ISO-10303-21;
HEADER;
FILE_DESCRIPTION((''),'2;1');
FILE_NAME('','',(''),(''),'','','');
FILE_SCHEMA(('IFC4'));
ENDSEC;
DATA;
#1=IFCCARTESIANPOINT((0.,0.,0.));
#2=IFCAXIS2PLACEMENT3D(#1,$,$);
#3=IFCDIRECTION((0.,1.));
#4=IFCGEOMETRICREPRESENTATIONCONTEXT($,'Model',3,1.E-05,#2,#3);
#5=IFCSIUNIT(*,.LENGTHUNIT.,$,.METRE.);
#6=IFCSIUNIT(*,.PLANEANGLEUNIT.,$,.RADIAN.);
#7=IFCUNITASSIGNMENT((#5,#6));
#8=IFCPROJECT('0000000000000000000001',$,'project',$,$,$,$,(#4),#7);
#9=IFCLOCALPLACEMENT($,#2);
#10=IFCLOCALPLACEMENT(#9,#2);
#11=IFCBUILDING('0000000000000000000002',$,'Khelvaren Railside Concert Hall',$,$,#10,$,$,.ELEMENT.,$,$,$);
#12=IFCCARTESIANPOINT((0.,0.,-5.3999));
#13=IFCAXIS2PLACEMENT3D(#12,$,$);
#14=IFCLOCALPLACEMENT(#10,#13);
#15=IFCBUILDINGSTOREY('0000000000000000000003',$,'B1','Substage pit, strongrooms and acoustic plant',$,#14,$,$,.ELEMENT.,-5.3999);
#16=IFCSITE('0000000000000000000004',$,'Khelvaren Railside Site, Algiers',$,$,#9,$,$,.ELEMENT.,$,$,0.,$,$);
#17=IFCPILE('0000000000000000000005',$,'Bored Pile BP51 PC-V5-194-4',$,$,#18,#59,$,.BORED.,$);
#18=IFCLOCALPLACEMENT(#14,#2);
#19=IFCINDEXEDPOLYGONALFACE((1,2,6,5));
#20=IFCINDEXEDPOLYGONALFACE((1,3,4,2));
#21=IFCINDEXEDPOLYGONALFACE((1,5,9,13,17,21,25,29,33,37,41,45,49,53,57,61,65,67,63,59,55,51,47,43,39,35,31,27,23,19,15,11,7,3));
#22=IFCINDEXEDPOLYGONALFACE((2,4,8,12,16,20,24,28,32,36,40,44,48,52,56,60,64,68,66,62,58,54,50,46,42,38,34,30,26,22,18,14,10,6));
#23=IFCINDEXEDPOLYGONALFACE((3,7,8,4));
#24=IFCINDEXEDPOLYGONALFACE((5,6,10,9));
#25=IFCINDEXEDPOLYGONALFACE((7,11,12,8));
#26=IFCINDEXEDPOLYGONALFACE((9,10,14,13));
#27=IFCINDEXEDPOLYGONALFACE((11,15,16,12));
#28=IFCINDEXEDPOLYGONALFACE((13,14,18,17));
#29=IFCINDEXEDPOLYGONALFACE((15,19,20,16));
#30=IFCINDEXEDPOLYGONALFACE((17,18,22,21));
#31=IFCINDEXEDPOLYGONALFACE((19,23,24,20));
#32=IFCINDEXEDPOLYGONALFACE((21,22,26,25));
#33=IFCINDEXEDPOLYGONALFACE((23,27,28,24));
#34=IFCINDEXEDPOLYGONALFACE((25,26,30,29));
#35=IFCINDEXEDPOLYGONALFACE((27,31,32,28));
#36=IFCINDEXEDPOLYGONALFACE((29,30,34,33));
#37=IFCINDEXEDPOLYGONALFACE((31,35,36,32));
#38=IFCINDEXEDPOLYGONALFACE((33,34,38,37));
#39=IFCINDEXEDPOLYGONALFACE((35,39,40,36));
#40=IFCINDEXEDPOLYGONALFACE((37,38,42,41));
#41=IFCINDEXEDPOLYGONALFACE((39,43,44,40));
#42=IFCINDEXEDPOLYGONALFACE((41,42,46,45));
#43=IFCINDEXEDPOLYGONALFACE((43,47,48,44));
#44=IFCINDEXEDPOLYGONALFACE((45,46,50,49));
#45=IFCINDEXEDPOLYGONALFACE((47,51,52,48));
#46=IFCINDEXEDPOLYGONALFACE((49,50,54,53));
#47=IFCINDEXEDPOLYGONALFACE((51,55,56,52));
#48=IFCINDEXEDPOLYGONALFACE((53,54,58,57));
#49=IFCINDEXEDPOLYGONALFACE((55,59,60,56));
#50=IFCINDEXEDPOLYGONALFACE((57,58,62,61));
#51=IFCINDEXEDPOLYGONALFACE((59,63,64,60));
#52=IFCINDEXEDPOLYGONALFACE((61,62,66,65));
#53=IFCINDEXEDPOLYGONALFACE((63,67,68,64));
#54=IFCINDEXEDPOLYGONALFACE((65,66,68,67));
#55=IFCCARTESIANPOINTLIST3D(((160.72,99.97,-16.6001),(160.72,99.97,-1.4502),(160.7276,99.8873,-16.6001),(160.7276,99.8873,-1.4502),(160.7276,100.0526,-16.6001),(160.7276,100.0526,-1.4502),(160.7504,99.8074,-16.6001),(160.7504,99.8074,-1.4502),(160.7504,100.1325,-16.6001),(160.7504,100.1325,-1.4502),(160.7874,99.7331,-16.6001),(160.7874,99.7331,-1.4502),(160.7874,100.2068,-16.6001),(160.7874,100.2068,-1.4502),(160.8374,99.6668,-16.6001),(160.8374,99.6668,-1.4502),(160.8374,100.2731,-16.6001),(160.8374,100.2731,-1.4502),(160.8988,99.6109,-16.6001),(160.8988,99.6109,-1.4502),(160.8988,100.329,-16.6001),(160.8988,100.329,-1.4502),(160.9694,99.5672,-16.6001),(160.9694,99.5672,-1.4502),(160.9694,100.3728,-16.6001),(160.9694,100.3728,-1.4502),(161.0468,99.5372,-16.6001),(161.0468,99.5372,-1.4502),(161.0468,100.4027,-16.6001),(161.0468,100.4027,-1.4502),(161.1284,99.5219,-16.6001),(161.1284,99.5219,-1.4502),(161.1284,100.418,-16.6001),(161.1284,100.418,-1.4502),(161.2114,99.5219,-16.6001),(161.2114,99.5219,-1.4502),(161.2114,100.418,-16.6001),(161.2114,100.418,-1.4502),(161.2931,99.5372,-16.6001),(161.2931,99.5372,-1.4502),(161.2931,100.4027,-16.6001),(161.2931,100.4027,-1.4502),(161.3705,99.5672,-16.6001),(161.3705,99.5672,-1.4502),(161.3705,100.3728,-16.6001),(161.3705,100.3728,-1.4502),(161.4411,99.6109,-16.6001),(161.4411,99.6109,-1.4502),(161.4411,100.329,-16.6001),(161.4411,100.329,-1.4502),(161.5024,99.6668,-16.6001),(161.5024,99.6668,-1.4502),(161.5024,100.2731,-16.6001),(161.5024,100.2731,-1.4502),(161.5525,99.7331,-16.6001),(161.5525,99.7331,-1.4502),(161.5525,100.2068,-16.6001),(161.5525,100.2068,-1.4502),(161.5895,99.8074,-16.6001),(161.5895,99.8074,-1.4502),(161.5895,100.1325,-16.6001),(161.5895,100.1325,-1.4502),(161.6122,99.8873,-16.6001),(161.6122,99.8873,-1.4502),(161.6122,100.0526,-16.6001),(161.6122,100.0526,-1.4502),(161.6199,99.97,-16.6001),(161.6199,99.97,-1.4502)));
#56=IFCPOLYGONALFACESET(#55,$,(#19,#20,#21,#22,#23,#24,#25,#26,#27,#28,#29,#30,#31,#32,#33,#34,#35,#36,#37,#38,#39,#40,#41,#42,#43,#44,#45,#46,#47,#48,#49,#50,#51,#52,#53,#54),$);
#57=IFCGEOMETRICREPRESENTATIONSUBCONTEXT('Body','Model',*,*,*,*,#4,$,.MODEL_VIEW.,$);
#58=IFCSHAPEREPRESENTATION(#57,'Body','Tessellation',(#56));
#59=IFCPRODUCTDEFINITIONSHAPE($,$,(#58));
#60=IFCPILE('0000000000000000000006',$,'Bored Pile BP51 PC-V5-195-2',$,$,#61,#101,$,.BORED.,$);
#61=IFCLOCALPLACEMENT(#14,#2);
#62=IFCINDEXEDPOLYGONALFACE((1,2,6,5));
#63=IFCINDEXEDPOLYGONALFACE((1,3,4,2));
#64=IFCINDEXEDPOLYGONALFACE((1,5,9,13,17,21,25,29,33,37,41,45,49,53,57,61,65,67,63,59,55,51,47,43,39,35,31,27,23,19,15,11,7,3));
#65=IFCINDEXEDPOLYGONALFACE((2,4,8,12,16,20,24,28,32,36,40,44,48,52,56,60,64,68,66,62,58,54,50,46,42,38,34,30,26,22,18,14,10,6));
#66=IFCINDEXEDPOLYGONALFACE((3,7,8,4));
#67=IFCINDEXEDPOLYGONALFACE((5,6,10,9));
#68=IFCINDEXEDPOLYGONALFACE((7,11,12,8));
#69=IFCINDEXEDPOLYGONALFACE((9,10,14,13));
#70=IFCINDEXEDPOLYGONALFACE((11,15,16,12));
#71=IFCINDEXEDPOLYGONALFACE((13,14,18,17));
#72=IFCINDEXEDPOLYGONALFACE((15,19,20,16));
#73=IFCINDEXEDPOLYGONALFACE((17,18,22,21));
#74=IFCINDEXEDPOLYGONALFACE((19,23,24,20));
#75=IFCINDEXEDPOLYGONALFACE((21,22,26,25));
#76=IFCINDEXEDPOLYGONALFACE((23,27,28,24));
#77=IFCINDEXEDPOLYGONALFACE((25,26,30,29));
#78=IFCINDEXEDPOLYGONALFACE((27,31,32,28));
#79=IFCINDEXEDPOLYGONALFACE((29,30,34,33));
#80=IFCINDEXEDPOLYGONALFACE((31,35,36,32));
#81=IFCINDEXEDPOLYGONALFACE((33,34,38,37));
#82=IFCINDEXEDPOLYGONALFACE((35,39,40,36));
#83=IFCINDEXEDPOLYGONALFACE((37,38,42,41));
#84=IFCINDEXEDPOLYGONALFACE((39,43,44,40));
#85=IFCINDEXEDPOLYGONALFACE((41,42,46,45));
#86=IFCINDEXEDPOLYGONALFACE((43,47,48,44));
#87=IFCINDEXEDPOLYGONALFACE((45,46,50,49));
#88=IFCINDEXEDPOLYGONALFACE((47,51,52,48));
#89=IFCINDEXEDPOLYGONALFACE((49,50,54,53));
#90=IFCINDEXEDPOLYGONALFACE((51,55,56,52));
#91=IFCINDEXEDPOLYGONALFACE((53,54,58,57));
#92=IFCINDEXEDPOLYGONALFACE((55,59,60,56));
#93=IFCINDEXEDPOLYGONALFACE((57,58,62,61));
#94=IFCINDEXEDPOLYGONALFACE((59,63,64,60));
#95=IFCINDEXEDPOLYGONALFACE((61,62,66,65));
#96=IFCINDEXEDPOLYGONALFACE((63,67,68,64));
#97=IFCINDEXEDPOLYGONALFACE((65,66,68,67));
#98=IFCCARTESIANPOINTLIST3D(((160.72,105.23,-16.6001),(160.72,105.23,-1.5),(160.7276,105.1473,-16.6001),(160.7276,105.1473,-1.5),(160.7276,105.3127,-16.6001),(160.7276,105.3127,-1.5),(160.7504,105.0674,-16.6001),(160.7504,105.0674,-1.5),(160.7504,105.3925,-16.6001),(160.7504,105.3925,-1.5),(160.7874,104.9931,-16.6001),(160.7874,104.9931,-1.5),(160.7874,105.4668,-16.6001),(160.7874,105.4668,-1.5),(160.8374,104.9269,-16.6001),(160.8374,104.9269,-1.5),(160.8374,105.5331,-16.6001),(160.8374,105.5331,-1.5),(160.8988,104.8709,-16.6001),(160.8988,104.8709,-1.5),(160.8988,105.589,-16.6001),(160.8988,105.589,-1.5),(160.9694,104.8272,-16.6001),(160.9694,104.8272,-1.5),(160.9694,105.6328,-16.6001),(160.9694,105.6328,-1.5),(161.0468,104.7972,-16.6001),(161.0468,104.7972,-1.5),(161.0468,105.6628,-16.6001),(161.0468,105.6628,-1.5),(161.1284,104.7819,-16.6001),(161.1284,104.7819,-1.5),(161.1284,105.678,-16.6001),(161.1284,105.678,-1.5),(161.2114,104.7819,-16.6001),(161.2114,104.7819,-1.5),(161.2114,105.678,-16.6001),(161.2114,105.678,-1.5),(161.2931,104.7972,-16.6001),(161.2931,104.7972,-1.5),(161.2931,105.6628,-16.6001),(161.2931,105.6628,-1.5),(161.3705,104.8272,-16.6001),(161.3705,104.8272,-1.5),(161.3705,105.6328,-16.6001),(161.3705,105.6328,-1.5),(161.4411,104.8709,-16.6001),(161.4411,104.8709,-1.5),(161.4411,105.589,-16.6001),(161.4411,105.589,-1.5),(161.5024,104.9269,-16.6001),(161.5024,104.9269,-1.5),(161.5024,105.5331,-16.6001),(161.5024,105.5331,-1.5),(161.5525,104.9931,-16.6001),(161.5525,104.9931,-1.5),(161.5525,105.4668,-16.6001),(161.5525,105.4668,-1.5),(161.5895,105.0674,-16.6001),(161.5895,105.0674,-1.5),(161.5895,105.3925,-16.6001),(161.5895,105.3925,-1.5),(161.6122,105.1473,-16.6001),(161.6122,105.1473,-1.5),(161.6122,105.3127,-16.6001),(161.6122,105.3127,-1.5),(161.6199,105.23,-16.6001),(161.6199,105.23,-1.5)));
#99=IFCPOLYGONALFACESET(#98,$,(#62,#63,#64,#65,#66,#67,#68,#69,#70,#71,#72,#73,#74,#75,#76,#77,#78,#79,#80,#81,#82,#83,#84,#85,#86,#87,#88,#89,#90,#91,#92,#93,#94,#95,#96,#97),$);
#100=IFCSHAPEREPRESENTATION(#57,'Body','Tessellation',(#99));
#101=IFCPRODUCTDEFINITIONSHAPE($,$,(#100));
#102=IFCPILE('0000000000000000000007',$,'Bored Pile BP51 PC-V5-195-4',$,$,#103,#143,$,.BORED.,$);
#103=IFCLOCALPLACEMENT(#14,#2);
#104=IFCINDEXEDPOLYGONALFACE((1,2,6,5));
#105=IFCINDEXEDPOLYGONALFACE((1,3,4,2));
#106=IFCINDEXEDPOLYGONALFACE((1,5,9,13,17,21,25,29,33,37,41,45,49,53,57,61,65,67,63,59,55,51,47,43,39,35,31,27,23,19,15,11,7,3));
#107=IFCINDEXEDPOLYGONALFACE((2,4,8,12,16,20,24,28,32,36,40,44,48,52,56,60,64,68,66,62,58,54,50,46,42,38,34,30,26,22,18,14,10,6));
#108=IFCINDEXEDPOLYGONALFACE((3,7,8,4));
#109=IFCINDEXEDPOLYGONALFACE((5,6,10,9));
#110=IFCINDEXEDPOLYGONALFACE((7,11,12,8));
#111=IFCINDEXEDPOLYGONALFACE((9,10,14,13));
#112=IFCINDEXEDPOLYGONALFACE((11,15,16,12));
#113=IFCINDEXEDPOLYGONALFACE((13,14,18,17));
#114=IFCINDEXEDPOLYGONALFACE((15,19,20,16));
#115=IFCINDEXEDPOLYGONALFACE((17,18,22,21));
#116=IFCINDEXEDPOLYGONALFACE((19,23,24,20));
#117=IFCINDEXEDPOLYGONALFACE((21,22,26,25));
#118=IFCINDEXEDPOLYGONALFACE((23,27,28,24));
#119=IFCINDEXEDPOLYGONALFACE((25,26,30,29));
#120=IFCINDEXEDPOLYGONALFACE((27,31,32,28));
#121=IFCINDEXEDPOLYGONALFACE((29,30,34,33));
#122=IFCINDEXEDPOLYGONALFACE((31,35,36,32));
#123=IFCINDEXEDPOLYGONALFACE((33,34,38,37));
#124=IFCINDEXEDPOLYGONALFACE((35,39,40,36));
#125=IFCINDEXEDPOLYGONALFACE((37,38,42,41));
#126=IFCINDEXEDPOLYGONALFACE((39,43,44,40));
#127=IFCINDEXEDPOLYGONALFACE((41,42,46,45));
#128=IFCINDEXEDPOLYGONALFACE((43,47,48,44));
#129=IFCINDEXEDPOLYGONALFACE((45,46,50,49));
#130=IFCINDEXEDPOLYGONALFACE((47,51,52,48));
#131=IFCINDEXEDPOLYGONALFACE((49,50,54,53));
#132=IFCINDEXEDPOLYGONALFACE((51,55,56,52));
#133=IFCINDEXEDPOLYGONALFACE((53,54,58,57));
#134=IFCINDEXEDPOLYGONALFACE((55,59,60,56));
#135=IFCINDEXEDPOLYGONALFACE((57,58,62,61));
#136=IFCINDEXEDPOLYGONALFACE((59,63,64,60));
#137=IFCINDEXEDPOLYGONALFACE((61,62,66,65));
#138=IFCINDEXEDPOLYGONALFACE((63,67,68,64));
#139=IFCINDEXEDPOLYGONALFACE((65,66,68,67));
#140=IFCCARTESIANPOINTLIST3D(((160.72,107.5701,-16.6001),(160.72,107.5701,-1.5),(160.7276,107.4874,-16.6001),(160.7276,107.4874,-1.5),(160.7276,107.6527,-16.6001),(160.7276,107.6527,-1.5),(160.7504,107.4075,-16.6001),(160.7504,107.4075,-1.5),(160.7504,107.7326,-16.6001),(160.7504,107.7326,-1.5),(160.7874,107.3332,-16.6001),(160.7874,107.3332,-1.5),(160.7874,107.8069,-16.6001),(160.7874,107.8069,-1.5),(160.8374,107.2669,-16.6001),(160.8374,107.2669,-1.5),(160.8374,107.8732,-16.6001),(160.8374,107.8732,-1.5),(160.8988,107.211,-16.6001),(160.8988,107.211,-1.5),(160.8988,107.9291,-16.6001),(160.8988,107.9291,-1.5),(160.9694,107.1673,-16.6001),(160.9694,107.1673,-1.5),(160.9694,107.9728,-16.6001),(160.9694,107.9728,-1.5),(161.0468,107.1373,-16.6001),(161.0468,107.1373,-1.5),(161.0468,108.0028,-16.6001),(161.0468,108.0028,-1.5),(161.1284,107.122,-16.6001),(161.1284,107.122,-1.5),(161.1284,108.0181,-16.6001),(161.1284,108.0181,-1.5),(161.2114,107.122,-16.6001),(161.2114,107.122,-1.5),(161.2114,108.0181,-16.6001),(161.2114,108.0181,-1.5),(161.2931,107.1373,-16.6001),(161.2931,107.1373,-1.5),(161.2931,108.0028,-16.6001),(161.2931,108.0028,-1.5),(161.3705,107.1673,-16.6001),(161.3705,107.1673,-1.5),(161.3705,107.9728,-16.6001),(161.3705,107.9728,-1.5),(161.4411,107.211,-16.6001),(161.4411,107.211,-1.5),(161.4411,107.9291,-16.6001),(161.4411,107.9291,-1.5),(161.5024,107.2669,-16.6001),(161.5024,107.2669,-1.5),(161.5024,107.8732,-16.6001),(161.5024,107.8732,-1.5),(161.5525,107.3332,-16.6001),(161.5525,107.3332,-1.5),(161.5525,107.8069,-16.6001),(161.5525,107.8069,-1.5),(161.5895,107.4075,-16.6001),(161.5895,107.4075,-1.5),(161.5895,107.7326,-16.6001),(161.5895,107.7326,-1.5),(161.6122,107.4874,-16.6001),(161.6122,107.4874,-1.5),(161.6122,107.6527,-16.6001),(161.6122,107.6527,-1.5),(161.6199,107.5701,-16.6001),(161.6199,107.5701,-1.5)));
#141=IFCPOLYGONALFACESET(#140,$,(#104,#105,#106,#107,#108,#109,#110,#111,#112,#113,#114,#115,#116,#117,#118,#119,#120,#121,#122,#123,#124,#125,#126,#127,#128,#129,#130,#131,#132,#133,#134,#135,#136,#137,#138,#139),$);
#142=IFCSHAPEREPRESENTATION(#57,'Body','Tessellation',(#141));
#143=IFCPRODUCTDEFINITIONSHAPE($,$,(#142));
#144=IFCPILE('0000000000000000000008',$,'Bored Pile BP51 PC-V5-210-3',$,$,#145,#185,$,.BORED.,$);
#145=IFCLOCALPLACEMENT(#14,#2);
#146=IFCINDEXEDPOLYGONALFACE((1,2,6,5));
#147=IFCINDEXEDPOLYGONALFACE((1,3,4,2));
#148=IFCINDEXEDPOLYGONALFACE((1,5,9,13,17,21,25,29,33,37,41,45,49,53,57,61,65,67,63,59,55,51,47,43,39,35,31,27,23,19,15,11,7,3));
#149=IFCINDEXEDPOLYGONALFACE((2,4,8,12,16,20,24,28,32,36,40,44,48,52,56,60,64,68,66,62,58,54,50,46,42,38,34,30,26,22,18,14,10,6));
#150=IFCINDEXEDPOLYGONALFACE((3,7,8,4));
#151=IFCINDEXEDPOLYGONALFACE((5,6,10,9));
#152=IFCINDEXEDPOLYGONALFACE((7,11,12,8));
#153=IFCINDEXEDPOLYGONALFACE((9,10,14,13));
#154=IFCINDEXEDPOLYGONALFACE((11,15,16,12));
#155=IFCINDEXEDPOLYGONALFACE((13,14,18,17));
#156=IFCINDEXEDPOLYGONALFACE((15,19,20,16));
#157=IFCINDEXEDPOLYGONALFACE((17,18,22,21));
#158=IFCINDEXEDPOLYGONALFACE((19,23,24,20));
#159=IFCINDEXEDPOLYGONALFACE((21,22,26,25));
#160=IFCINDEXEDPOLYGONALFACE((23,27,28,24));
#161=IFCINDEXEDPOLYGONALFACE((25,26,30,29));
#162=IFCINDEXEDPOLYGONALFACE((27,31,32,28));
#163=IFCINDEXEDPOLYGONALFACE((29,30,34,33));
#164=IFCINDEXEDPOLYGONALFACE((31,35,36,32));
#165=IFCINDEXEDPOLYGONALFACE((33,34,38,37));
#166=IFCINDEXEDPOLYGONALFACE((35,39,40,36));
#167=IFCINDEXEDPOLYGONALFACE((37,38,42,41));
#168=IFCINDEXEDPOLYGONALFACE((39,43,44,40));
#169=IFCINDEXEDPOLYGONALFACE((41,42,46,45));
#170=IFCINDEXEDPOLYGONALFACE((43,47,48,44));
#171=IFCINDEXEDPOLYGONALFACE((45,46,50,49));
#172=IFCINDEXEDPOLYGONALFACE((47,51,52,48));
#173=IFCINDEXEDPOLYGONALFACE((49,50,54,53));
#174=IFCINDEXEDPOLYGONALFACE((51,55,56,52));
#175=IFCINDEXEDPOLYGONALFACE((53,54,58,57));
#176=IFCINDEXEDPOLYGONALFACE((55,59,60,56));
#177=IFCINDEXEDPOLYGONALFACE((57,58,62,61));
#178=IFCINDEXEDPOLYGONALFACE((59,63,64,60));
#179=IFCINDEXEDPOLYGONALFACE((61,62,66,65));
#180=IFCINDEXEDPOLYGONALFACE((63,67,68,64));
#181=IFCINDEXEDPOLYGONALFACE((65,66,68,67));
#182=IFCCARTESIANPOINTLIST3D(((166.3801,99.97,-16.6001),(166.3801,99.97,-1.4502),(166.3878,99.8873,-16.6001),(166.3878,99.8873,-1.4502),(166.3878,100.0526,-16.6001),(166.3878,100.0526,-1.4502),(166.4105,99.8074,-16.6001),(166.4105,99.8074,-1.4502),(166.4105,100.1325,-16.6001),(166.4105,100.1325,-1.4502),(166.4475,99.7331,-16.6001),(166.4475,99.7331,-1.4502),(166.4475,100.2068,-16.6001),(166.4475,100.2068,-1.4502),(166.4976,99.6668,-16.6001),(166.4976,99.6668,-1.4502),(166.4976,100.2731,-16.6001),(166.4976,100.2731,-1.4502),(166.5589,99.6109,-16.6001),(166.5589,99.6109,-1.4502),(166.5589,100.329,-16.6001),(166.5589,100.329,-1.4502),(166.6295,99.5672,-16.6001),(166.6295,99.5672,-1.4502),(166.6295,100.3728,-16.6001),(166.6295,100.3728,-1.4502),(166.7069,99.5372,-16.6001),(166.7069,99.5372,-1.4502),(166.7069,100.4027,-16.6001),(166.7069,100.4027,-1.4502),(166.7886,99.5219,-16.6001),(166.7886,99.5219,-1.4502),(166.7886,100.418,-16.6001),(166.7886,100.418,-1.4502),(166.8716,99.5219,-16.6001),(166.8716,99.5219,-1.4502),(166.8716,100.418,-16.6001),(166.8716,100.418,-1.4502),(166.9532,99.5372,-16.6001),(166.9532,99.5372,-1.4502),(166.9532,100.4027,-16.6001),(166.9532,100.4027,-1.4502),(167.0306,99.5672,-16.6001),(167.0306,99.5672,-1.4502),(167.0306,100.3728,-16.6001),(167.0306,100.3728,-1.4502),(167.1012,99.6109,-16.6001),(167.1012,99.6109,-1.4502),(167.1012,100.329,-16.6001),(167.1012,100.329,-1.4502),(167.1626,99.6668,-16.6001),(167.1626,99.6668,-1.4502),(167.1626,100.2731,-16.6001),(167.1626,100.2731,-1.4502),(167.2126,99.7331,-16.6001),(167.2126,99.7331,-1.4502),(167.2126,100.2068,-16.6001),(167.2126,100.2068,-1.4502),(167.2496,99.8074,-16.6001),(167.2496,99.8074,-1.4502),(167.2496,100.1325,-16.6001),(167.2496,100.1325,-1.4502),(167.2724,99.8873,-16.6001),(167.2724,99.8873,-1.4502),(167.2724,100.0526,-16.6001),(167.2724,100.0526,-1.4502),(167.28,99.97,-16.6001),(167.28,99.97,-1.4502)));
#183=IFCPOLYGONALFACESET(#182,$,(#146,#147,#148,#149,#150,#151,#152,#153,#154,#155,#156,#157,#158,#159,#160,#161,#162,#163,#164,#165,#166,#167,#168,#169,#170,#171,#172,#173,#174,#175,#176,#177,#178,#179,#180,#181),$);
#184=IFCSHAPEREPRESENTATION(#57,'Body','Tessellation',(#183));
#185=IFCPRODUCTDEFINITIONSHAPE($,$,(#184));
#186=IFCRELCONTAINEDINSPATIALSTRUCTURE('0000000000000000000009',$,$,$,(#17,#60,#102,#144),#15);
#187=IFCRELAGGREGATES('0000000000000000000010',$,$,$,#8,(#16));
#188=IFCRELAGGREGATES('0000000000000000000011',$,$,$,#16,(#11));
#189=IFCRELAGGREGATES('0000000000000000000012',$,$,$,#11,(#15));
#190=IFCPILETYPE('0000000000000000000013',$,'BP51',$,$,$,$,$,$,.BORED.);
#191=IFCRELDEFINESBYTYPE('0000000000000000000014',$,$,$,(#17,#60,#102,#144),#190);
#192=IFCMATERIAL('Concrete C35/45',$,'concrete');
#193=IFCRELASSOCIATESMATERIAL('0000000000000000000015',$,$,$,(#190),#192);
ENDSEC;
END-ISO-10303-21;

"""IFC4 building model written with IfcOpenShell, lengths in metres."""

from ifc_helpers import new_model, si_unit, direction, frame, origin, origin_2d, place, context, subcontext, project, spatial, circle, extrude, material, material_profile, profile_set, type_object, element, save


model = new_model("IFC4")

# Units and contexts
model_context = context("Model", 3, precision=1e-05, world=origin(), true_north=direction((0.0, 1.0)))
body_context = subcontext(model_context, "Body", "Model", "MODEL_VIEW")
ifc_project = project(units=[si_unit("LENGTHUNIT", "METRE"), si_unit("PLANEANGLEUNIT", "RADIAN")], contexts=[model_context])

# Site, building, storey
site_placement = place(None, origin())
site = spatial("IfcSite", under=ifc_project, at=site_placement, Name="Khelvaren Railside Site, Algiers", CompositionType="ELEMENT", RefElevation=0.0)
building_placement = place(site_placement, origin())
building = spatial("IfcBuilding", under=site, at=building_placement, Name="Khelvaren Railside Concert Hall", CompositionType="ELEMENT")
storey_placement = place(building_placement, frame((0.0, 0.0, -5.3999)))
storey = spatial("IfcBuildingStorey", under=building, at=storey_placement, Name="B1", Description="Substage pit, strongrooms and acoustic plant", CompositionType="ELEMENT", Elevation=-5.3999)

# Piles
ifc_material_1 = material(Name="Concrete C35/45", Category="concrete")
ifc_material_profile_1 = material_profile(ifc_material_1, circle(Radius=0.45, at=origin_2d()), Name="BP D900")
ifc_profile_set_1 = profile_set([ifc_material_profile_1], Name="Concrete C35/45")
pile_type_1 = type_object("IfcPileType", Name="BP51", PredefinedType="BORED", material=ifc_profile_set_1)
pile_placement = place(storey_placement, frame((161.1699, 99.97, -1.4502), z_axis=(0.0, 0.0, -1.0), x_axis=(1.0, 0.0, 0.0)))
element("IfcPile", 1, at=pile_placement, inside=storey, type_object=pile_type_1, Name="Bored Pile BP51 PC-V5-194-4", PredefinedType="BORED", context=body_context, shape_type="SweptSolid", body=[
    extrude(circle(Radius=0.45, at=origin_2d()), origin(), (0.0, 0.0, 1.0), 15.1499),
])
for number, where, z_axis, x_axis, name in (
    (2, (161.1699, 105.23, -1.5), (0.0, 0.0, -1.0), (1.0, 0.0, 0.0), "Bored Pile BP51 PC-V5-195-2"),
    (3, (161.1699, 107.5701, -1.5), (0.0, 0.0, -1.0), (1.0, 0.0, 0.0), "Bored Pile BP51 PC-V5-195-4"),
):
    element("IfcPile", number, at=place(storey_placement, frame(where, z_axis=z_axis, x_axis=x_axis)), inside=storey, type_object=pile_type_1, Name=name, PredefinedType="BORED", context=body_context, shape_type="SweptSolid", body=[
        extrude(circle(Radius=0.45, at=origin_2d()), origin(), (0.0, 0.0, 1.0), 15.1001),
    ])
for number, where, z_axis, x_axis, name in (
    (4, (166.8301, 99.97, -1.4502), (0.0, 0.0, -1.0), (1.0, 0.0, 0.0), "Bored Pile BP51 PC-V5-210-3"),
):
    element("IfcPile", number, at=place(storey_placement, frame(where, z_axis=z_axis, x_axis=x_axis)), inside=storey, type_object=pile_type_1, Name=name, PredefinedType="BORED", context=body_context, shape_type="SweptSolid", body=[
        extrude(circle(Radius=0.45, at=origin_2d()), origin(), (0.0, 0.0, 1.0), 15.1499),
    ])

save(model, "model.ifc")
